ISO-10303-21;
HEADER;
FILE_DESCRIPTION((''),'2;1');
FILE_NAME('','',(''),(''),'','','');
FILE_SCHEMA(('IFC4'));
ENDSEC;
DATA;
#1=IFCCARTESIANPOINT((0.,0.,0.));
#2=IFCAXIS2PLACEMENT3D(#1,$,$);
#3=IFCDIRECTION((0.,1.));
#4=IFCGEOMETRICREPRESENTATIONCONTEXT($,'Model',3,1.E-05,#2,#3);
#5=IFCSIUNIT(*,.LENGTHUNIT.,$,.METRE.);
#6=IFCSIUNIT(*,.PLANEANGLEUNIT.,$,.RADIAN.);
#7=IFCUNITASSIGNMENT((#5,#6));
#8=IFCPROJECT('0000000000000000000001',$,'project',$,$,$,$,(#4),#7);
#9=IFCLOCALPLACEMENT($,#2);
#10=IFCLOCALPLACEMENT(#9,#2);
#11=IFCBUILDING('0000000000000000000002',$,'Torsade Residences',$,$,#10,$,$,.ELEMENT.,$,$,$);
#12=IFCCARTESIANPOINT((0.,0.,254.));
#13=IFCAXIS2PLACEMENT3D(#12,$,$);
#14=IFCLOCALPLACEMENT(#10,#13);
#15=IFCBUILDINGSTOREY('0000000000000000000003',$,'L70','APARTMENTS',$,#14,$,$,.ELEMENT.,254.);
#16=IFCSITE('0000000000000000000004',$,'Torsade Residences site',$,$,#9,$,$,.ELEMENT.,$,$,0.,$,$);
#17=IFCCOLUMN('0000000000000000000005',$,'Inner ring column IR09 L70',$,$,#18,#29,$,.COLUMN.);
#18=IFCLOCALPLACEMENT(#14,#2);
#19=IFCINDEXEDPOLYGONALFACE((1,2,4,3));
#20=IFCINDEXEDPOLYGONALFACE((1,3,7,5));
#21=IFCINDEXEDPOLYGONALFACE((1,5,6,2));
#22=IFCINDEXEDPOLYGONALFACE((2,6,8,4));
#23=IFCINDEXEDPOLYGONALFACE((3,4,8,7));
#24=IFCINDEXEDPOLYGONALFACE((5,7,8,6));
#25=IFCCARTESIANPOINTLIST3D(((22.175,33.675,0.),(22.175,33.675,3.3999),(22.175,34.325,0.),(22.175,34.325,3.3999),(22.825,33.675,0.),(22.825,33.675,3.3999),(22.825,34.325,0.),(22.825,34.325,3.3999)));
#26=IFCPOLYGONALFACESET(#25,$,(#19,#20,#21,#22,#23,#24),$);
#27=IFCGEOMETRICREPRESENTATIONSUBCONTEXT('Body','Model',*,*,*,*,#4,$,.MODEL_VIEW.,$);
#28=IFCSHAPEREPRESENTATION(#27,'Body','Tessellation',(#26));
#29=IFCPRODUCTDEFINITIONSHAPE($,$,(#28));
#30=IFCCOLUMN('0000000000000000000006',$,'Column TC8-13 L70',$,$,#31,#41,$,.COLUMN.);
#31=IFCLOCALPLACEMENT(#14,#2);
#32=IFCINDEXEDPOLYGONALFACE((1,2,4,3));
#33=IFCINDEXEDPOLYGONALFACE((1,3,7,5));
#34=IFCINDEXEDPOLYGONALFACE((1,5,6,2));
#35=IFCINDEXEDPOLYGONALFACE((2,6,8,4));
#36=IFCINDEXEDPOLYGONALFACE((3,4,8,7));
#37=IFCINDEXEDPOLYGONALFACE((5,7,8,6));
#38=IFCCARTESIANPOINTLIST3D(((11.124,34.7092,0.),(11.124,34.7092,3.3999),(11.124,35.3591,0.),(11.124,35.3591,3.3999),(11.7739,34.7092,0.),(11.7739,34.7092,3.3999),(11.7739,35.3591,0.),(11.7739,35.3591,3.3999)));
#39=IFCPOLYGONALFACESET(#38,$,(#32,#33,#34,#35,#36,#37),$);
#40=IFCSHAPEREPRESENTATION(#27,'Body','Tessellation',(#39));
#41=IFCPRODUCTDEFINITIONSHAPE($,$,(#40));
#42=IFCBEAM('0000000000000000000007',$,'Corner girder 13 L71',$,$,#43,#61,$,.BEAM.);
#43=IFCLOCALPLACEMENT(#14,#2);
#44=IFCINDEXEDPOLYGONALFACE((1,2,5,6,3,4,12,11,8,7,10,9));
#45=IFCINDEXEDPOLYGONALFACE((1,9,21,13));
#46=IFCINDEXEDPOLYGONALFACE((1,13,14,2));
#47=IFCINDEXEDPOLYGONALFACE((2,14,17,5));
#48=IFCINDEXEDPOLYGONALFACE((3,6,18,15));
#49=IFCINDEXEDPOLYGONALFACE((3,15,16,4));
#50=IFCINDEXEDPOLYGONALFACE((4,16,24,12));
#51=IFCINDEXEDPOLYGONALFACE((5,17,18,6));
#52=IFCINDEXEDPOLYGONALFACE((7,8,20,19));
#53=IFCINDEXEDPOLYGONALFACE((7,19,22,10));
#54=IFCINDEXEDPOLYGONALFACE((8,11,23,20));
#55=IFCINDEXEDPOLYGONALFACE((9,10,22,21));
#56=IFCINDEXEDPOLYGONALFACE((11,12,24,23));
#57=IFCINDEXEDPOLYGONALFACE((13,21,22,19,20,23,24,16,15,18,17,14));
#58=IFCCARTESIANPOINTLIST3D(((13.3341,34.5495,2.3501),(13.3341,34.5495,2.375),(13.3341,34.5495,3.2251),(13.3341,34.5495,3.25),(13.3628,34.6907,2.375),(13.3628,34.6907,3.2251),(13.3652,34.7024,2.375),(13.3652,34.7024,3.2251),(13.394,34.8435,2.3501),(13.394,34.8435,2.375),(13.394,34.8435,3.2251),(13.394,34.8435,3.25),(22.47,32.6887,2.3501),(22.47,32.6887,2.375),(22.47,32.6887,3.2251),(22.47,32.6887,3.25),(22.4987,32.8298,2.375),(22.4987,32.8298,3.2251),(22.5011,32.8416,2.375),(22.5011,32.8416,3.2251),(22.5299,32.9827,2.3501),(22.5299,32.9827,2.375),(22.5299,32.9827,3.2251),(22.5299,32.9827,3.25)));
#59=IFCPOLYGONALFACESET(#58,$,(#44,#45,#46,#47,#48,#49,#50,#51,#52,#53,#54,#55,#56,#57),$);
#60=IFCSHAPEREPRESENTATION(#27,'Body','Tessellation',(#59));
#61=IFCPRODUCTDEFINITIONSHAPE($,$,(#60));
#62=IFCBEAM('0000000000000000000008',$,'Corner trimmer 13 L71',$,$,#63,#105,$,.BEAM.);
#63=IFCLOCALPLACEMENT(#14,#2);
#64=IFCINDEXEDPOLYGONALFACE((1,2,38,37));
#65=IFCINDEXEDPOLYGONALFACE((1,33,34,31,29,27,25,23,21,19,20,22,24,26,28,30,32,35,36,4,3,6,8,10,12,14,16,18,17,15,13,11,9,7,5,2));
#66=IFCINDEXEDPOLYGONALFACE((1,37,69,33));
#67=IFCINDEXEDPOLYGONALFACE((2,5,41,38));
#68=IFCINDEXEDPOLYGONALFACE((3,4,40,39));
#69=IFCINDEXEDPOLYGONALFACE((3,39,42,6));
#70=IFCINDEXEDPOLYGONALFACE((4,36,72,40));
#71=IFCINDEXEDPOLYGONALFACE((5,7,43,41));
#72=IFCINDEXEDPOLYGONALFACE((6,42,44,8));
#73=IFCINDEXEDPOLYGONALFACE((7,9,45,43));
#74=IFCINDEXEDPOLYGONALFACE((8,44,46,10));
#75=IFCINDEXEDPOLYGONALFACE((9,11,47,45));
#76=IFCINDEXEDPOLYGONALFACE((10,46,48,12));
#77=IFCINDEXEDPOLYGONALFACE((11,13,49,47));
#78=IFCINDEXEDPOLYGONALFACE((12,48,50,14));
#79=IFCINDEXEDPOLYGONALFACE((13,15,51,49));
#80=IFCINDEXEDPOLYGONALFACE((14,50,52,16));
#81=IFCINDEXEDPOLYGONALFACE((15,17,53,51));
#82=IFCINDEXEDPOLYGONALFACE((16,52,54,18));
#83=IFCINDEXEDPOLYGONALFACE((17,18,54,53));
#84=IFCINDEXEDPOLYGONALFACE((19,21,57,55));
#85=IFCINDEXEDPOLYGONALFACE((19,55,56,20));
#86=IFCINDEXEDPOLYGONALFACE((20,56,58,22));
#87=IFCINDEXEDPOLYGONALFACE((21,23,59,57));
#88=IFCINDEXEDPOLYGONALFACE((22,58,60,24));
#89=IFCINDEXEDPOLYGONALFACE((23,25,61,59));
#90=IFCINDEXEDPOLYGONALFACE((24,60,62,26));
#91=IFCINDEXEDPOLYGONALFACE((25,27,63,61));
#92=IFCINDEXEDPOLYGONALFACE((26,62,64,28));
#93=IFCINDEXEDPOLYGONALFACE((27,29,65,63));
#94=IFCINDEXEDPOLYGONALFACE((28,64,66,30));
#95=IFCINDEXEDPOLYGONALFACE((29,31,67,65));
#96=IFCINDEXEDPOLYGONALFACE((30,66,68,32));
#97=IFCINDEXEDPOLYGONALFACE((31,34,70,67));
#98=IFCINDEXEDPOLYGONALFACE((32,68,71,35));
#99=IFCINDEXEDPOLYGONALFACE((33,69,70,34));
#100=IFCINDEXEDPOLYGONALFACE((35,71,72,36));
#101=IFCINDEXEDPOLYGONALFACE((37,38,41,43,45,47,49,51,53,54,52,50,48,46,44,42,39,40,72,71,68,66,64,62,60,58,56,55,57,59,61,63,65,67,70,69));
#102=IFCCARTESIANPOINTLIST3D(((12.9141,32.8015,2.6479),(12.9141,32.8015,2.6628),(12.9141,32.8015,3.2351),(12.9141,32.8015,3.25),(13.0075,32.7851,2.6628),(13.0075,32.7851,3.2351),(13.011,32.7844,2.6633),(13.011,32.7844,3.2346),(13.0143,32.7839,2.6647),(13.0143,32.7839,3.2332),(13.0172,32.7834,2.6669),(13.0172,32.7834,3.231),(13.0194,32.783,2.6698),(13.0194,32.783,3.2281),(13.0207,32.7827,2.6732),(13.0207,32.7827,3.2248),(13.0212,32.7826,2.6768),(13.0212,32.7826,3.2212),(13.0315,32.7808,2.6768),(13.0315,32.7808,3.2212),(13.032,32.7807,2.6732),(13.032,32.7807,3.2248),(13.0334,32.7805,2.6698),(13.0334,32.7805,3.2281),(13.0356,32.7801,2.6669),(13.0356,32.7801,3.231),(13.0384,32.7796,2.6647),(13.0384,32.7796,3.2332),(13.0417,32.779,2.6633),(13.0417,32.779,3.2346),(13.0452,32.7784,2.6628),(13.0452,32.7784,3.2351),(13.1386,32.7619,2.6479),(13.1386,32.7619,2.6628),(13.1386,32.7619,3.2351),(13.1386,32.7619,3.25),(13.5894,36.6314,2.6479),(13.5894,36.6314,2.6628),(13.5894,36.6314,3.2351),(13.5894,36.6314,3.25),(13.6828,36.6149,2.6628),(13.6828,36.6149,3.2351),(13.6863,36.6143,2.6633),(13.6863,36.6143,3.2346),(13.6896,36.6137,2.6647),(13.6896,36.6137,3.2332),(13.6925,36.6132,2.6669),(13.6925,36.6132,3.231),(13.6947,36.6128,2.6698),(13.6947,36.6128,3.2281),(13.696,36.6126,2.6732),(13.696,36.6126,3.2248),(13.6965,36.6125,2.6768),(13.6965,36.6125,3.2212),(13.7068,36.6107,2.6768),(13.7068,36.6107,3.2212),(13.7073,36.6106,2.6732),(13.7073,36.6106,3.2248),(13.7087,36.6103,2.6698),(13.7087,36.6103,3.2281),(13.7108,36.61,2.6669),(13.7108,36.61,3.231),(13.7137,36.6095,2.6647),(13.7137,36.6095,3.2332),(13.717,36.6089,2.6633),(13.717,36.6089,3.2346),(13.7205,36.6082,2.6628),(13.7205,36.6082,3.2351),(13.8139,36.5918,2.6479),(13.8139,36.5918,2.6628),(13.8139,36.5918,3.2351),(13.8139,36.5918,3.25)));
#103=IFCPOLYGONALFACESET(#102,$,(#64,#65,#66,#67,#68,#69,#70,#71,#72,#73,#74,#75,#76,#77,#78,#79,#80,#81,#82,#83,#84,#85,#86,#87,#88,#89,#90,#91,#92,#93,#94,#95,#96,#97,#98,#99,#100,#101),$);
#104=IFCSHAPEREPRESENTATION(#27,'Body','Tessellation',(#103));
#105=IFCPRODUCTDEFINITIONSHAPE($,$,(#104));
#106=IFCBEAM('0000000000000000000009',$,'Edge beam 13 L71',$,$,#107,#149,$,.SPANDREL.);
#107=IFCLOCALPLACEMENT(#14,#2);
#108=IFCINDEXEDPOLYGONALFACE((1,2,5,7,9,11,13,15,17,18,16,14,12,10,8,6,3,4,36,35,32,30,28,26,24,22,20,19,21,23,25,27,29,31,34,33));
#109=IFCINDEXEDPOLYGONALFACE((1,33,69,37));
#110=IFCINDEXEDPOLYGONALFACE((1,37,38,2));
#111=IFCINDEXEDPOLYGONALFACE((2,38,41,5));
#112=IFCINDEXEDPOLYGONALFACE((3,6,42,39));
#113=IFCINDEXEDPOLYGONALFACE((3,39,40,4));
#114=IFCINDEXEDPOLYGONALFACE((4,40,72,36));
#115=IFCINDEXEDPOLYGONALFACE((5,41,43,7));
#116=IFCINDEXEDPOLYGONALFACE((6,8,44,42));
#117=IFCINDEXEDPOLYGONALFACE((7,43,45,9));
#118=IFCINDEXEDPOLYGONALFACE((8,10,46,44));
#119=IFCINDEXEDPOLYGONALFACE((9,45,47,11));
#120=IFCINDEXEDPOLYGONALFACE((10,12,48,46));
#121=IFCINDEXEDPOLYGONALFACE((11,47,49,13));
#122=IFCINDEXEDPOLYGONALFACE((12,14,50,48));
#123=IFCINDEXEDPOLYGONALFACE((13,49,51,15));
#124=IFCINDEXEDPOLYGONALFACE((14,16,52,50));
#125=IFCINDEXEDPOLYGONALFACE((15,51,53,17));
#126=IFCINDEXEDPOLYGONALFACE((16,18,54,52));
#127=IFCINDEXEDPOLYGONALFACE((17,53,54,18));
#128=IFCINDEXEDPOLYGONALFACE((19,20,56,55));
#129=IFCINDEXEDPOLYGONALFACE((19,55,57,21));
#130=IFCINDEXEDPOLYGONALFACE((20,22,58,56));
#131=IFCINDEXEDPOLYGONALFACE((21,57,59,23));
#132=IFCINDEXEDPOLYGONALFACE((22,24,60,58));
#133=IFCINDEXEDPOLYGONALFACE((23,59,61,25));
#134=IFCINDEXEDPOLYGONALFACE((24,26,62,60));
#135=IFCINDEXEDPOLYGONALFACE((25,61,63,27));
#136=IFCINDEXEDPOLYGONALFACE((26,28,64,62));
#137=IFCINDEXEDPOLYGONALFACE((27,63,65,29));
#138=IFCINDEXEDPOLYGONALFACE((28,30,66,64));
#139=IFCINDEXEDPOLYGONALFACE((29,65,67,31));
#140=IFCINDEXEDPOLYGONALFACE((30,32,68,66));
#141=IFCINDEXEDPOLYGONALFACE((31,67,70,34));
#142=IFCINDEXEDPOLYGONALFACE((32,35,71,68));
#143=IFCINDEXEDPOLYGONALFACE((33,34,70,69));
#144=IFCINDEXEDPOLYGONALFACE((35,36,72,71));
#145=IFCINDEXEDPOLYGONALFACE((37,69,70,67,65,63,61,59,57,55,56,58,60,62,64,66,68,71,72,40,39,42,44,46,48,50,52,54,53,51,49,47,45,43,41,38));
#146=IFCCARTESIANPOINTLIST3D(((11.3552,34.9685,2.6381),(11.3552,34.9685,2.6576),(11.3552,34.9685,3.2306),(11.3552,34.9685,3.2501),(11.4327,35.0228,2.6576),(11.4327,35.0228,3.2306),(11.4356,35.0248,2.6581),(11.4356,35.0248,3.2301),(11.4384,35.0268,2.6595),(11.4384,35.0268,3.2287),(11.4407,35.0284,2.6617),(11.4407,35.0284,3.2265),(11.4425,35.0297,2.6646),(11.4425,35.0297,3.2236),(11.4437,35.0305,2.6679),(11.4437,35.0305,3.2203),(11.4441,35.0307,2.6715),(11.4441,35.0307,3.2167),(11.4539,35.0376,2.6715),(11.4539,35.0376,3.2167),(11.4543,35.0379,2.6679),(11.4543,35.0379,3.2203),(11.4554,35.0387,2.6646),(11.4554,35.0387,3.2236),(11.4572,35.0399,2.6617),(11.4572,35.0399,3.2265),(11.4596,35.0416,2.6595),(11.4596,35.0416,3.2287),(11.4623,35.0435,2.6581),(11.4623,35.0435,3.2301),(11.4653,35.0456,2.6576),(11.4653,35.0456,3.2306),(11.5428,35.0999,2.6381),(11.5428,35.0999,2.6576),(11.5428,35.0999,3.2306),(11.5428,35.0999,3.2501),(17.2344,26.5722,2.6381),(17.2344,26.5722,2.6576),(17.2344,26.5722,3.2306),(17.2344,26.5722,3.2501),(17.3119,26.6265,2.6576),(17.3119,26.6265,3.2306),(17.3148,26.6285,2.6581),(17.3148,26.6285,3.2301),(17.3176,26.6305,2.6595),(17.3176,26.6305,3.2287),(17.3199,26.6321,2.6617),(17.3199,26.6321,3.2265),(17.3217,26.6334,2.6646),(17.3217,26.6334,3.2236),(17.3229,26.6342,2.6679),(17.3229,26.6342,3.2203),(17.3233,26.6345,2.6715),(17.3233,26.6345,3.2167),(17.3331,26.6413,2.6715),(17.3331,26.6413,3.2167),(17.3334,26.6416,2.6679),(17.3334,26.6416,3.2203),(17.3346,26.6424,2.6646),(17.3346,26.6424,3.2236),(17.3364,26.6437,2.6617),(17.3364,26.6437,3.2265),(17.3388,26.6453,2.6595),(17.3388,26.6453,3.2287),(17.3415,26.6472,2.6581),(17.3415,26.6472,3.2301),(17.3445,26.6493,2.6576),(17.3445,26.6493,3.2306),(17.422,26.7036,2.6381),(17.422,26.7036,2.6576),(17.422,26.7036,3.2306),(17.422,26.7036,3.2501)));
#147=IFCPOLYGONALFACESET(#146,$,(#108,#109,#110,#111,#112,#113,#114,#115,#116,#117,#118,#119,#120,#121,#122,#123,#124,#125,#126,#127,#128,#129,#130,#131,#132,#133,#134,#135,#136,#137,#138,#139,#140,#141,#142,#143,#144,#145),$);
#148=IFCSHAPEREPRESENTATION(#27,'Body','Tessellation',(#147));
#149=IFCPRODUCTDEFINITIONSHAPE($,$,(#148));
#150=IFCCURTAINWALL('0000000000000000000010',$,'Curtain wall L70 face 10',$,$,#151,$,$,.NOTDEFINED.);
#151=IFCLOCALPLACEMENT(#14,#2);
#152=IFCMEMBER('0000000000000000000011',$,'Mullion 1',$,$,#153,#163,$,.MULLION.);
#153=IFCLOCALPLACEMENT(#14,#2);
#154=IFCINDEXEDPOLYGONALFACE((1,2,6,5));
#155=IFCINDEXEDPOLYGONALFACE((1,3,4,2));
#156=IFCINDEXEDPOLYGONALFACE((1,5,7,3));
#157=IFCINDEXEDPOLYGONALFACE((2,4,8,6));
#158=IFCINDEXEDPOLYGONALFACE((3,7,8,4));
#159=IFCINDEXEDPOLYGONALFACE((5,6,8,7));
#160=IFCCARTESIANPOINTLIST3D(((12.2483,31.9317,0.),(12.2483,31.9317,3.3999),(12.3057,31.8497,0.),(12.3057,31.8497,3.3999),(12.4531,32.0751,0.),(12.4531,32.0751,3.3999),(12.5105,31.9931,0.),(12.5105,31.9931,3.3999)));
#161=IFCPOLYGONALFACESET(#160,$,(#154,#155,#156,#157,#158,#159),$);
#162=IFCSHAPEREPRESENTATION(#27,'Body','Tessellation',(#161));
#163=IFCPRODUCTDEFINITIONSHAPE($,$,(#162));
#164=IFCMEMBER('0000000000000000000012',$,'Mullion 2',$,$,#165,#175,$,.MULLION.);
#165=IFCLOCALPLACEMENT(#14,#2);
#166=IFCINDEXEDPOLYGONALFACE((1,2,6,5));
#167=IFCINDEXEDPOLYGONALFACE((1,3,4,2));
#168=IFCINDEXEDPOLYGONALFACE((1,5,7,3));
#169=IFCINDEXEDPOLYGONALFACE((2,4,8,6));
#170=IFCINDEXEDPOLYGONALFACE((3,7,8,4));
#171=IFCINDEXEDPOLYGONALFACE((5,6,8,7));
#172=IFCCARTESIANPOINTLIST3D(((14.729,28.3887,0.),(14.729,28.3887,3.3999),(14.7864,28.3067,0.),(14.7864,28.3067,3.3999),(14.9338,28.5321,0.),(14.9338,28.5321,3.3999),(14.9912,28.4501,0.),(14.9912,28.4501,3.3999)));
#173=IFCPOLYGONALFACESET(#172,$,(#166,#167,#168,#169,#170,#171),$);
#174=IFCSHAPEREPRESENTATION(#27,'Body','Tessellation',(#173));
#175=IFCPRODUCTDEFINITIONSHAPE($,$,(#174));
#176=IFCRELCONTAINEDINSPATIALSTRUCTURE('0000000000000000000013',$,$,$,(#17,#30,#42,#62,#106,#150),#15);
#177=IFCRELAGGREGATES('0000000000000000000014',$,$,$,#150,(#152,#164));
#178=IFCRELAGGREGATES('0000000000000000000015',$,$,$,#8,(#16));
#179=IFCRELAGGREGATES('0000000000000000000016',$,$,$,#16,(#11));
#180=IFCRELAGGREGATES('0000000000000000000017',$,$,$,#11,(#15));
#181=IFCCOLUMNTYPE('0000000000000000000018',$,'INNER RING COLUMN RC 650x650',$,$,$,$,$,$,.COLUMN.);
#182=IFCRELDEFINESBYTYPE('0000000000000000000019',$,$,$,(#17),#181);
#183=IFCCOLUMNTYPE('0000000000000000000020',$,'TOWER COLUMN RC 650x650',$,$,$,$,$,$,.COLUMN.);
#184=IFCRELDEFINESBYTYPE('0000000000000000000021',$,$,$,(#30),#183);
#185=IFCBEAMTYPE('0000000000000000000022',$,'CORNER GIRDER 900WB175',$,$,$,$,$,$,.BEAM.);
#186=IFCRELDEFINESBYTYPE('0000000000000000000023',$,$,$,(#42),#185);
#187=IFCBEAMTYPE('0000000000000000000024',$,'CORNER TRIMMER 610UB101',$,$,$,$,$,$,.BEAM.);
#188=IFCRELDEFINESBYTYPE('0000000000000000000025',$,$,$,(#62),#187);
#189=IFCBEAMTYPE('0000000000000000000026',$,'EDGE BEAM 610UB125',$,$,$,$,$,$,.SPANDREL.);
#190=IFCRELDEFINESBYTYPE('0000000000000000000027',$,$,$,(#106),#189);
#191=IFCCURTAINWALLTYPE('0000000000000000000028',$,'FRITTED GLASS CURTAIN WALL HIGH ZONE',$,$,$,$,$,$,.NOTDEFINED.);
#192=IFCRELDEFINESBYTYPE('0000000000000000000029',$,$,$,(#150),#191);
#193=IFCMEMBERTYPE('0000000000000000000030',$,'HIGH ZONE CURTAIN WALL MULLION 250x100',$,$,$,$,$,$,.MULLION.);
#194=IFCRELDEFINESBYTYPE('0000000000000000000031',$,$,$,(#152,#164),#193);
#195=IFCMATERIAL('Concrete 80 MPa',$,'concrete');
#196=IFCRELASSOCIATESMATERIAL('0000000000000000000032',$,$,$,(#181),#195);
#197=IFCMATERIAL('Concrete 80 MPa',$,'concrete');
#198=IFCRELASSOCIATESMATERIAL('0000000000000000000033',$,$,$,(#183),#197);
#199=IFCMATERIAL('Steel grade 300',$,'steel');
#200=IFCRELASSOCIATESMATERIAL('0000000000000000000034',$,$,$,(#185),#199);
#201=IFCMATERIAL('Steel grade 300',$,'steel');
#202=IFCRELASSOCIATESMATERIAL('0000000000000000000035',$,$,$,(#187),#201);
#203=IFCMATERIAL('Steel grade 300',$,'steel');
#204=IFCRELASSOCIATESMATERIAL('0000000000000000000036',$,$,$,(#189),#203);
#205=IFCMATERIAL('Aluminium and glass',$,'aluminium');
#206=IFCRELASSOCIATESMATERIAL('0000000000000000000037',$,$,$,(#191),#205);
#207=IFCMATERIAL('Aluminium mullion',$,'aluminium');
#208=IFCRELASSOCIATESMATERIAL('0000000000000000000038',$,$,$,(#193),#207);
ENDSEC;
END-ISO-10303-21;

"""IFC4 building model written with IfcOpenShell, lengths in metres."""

from ifc_helpers import new_model, si_unit, direction, frame, origin, origin_2d, place, context, subcontext, project, spatial, rectangle, i_section, extrude, material, material_profile, profile_set, type_object, element, aggregate, save


model = new_model("IFC4")

# Units and contexts
model_context = context("Model", 3, precision=1e-05, world=origin(), true_north=direction((0.0, 1.0)))
body_context = subcontext(model_context, "Body", "Model", "MODEL_VIEW")
ifc_project = project(units=[si_unit("LENGTHUNIT", "METRE"), si_unit("PLANEANGLEUNIT", "RADIAN")], contexts=[model_context])

# Site, building, storey
site_placement = place(None, origin())
site = spatial("IfcSite", under=ifc_project, at=site_placement, Name="Torsade Residences site", CompositionType="ELEMENT", RefElevation=0.0)
building_placement = place(site_placement, origin())
building = spatial("IfcBuilding", under=site, at=building_placement, Name="Torsade Residences", CompositionType="ELEMENT")
storey_placement = place(building_placement, frame((0.0, 0.0, 254.0)))
storey = spatial("IfcBuildingStorey", under=building, at=storey_placement, Name="L70", Description="APARTMENTS", CompositionType="ELEMENT", Elevation=254.0)

# Columns
ifc_material_1 = material(Name="Concrete 80 MPa", Category="concrete")
ifc_material_profile_1 = material_profile(ifc_material_1, rectangle(XDim=0.6499, YDim=0.6499, at=origin_2d()), Name="RC 650x650")
ifc_profile_set_1 = profile_set([ifc_material_profile_1], Name="Concrete 80 MPa")
column_type_1 = type_object("IfcColumnType", Name="INNER RING COLUMN RC 650x650", PredefinedType="COLUMN", material=ifc_profile_set_1)
column_1_placement = place(storey_placement, frame((22.5, 34.0, 0.0), z_axis=(0.0, 0.0, 1.0), x_axis=(1.0, 0.0, 0.0)))
element("IfcColumn", 1, at=column_1_placement, inside=storey, type_object=column_type_1, Name="Inner ring column IR09 L70", PredefinedType="COLUMN", context=body_context, shape_type="SweptSolid", body=[
    extrude(rectangle(XDim=0.6499, YDim=0.6499, at=origin_2d()), origin(), (0.0, 0.0, 1.0), 3.3999),
])
ifc_material_2 = material(Name="Concrete 80 MPa", Category="concrete")
ifc_material_profile_2 = material_profile(ifc_material_2, rectangle(XDim=0.6499, YDim=0.6499, at=origin_2d()), Name="RC 650x650")
ifc_profile_set_2 = profile_set([ifc_material_profile_2], Name="Concrete 80 MPa")
column_type_2 = type_object("IfcColumnType", Name="TOWER COLUMN RC 650x650", PredefinedType="COLUMN", material=ifc_profile_set_2)
column_2_placement = place(storey_placement, frame((11.449, 35.0342, 0.0), z_axis=(0.0, 0.0, 1.0), x_axis=(1.0, 0.0, 0.0)))
element("IfcColumn", 2, at=column_2_placement, inside=storey, type_object=column_type_2, Name="Column TC8-13 L70", PredefinedType="COLUMN", context=body_context, shape_type="SweptSolid", body=[
    extrude(rectangle(XDim=0.6499, YDim=0.6499, at=origin_2d()), origin(), (0.0, 0.0, 1.0), 3.3999),
])

# Beams
ifc_material_3 = material(Name="Steel grade 300", Category="steel")
ifc_material_profile_3 = material_profile(ifc_material_3, i_section(OverallWidth=0.3, OverallDepth=0.8999, WebThickness=0.012, FlangeThickness=0.0249, at=origin_2d()), Name="900WB175")
ifc_profile_set_3 = profile_set([ifc_material_profile_3], Name="Steel grade 300")
beam_type_1 = type_object("IfcBeamType", Name="CORNER GIRDER 900WB175", PredefinedType="BEAM", material=ifc_profile_set_3)
beam_1_placement = place(storey_placement, frame((13.364, 34.6965, 2.8), z_axis=(0.979881, -0.199584, 0.0), x_axis=(0.199584, 0.979881, 0.0)))
element("IfcBeam", 3, at=beam_1_placement, inside=storey, type_object=beam_type_1, Name="Corner girder 13 L71", PredefinedType="BEAM", context=body_context, shape_type="SweptSolid", body=[
    extrude(i_section(OverallWidth=0.3, OverallDepth=0.8999, WebThickness=0.012, FlangeThickness=0.0249, at=origin_2d()), origin(), (0.0, 0.0, 1.0), 9.3235),
])
ifc_material_4 = material(Name="Steel grade 300", Category="steel")
ifc_material_profile_4 = material_profile(ifc_material_4, i_section(OverallWidth=0.228, OverallDepth=0.6021, WebThickness=0.0105, FlangeThickness=0.0149, FilletRadius=0.0139, at=origin_2d()), Name="610UB101")
ifc_profile_set_4 = profile_set([ifc_material_profile_4], Name="Steel grade 300")
beam_type_2 = type_object("IfcBeamType", Name="CORNER TRIMMER 610UB101", PredefinedType="BEAM", material=ifc_profile_set_4)
beam_2_placement = place(storey_placement, frame((13.0264, 32.7817, 2.949), z_axis=(0.173646, 0.984808, 0.0), x_axis=(-0.984808, 0.173646, 0.0)))
element("IfcBeam", 4, at=beam_2_placement, inside=storey, type_object=beam_type_2, Name="Corner trimmer 13 L71", PredefinedType="BEAM", context=body_context, shape_type="SweptSolid", body=[
    extrude(i_section(OverallWidth=0.228, OverallDepth=0.6021, WebThickness=0.0105, FlangeThickness=0.0149, FilletRadius=0.0139, at=origin_2d()), origin(), (0.0, 0.0, 1.0), 3.8889),
])
ifc_material_5 = material(Name="Steel grade 300", Category="steel")
ifc_material_profile_5 = material_profile(ifc_material_5, i_section(OverallWidth=0.229, OverallDepth=0.6121, WebThickness=0.012, FlangeThickness=0.0195, FilletRadius=0.0139, at=origin_2d()), Name="610UB125")
ifc_profile_set_5 = profile_set([ifc_material_profile_5], Name="Steel grade 300")
beam_type_3 = type_object("IfcBeamType", Name="EDGE BEAM 610UB125", PredefinedType="SPANDREL", material=ifc_profile_set_5)
beam_3_placement = place(storey_placement, frame((11.449, 35.0342, 2.9441), z_axis=(0.573579, -0.81915, 0.0), x_axis=(0.81915, 0.573579, 0.0)))
element("IfcBeam", 5, at=beam_3_placement, inside=storey, type_object=beam_type_3, Name="Edge beam 13 L71", PredefinedType="SPANDREL", context=body_context, shape_type="SweptSolid", body=[
    extrude(i_section(OverallWidth=0.229, OverallDepth=0.6121, WebThickness=0.012, FlangeThickness=0.0195, FilletRadius=0.0139, at=origin_2d()), origin(), (0.0, 0.0, 1.0), 10.25),
])

# Curtain wall, members
ifc_material_6 = material(Name="Aluminium and glass", Category="aluminium")
curtain_wall_type = type_object("IfcCurtainWallType", Name="FRITTED GLASS CURTAIN WALL HIGH ZONE", PredefinedType="NOTDEFINED", material=ifc_material_6)
curtain_wall_placement = place(storey_placement, origin())
curtain_wall = element("IfcCurtainWall", 6, at=curtain_wall_placement, inside=storey, type_object=curtain_wall_type, Name="Curtain wall L70 face 10", PredefinedType="NOTDEFINED")
ifc_material_7 = material(Name="Aluminium mullion", Category="aluminium")
ifc_material_profile_6 = material_profile(ifc_material_7, rectangle(XDim=0.25, YDim=0.1001, at=origin_2d()), Name="HIGH ZONE CURTAIN WALL MULLION 250x100")
ifc_profile_set_6 = profile_set([ifc_material_profile_6], Name="Aluminium mullion")
member_type_1 = type_object("IfcMemberType", Name="HIGH ZONE CURTAIN WALL MULLION 250x100", PredefinedType="MULLION", material=ifc_profile_set_6)
member_1_placement = place(storey_placement, frame((12.3794, 31.9624, 0.0), z_axis=(0.0, 0.0, 1.0), x_axis=(0.819152, 0.573576, 0.0)))
member_1 = element("IfcMember", 7, at=member_1_placement, type_object=member_type_1, Name="Mullion 1", PredefinedType="MULLION", context=body_context, shape_type="SweptSolid", body=[
    extrude(rectangle(XDim=0.25, YDim=0.1001, at=origin_2d()), origin(), (0.0, 0.0, 1.0), 3.3999),
])
member_2_placement = place(storey_placement, frame((14.8601, 28.4194, 0.0), z_axis=(0.0, 0.0, 1.0), x_axis=(0.819152, 0.573576, 0.0)))
member_2 = element("IfcMember", 8, at=member_2_placement, type_object=member_type_1, Name="Mullion 2", PredefinedType="MULLION", context=body_context, shape_type="SweptSolid", body=[
    extrude(rectangle(XDim=0.25, YDim=0.1001, at=origin_2d()), origin(), (0.0, 0.0, 1.0), 3.3999),
])

aggregate(curtain_wall, [member_1, member_2])

save(model, "model.ifc")
